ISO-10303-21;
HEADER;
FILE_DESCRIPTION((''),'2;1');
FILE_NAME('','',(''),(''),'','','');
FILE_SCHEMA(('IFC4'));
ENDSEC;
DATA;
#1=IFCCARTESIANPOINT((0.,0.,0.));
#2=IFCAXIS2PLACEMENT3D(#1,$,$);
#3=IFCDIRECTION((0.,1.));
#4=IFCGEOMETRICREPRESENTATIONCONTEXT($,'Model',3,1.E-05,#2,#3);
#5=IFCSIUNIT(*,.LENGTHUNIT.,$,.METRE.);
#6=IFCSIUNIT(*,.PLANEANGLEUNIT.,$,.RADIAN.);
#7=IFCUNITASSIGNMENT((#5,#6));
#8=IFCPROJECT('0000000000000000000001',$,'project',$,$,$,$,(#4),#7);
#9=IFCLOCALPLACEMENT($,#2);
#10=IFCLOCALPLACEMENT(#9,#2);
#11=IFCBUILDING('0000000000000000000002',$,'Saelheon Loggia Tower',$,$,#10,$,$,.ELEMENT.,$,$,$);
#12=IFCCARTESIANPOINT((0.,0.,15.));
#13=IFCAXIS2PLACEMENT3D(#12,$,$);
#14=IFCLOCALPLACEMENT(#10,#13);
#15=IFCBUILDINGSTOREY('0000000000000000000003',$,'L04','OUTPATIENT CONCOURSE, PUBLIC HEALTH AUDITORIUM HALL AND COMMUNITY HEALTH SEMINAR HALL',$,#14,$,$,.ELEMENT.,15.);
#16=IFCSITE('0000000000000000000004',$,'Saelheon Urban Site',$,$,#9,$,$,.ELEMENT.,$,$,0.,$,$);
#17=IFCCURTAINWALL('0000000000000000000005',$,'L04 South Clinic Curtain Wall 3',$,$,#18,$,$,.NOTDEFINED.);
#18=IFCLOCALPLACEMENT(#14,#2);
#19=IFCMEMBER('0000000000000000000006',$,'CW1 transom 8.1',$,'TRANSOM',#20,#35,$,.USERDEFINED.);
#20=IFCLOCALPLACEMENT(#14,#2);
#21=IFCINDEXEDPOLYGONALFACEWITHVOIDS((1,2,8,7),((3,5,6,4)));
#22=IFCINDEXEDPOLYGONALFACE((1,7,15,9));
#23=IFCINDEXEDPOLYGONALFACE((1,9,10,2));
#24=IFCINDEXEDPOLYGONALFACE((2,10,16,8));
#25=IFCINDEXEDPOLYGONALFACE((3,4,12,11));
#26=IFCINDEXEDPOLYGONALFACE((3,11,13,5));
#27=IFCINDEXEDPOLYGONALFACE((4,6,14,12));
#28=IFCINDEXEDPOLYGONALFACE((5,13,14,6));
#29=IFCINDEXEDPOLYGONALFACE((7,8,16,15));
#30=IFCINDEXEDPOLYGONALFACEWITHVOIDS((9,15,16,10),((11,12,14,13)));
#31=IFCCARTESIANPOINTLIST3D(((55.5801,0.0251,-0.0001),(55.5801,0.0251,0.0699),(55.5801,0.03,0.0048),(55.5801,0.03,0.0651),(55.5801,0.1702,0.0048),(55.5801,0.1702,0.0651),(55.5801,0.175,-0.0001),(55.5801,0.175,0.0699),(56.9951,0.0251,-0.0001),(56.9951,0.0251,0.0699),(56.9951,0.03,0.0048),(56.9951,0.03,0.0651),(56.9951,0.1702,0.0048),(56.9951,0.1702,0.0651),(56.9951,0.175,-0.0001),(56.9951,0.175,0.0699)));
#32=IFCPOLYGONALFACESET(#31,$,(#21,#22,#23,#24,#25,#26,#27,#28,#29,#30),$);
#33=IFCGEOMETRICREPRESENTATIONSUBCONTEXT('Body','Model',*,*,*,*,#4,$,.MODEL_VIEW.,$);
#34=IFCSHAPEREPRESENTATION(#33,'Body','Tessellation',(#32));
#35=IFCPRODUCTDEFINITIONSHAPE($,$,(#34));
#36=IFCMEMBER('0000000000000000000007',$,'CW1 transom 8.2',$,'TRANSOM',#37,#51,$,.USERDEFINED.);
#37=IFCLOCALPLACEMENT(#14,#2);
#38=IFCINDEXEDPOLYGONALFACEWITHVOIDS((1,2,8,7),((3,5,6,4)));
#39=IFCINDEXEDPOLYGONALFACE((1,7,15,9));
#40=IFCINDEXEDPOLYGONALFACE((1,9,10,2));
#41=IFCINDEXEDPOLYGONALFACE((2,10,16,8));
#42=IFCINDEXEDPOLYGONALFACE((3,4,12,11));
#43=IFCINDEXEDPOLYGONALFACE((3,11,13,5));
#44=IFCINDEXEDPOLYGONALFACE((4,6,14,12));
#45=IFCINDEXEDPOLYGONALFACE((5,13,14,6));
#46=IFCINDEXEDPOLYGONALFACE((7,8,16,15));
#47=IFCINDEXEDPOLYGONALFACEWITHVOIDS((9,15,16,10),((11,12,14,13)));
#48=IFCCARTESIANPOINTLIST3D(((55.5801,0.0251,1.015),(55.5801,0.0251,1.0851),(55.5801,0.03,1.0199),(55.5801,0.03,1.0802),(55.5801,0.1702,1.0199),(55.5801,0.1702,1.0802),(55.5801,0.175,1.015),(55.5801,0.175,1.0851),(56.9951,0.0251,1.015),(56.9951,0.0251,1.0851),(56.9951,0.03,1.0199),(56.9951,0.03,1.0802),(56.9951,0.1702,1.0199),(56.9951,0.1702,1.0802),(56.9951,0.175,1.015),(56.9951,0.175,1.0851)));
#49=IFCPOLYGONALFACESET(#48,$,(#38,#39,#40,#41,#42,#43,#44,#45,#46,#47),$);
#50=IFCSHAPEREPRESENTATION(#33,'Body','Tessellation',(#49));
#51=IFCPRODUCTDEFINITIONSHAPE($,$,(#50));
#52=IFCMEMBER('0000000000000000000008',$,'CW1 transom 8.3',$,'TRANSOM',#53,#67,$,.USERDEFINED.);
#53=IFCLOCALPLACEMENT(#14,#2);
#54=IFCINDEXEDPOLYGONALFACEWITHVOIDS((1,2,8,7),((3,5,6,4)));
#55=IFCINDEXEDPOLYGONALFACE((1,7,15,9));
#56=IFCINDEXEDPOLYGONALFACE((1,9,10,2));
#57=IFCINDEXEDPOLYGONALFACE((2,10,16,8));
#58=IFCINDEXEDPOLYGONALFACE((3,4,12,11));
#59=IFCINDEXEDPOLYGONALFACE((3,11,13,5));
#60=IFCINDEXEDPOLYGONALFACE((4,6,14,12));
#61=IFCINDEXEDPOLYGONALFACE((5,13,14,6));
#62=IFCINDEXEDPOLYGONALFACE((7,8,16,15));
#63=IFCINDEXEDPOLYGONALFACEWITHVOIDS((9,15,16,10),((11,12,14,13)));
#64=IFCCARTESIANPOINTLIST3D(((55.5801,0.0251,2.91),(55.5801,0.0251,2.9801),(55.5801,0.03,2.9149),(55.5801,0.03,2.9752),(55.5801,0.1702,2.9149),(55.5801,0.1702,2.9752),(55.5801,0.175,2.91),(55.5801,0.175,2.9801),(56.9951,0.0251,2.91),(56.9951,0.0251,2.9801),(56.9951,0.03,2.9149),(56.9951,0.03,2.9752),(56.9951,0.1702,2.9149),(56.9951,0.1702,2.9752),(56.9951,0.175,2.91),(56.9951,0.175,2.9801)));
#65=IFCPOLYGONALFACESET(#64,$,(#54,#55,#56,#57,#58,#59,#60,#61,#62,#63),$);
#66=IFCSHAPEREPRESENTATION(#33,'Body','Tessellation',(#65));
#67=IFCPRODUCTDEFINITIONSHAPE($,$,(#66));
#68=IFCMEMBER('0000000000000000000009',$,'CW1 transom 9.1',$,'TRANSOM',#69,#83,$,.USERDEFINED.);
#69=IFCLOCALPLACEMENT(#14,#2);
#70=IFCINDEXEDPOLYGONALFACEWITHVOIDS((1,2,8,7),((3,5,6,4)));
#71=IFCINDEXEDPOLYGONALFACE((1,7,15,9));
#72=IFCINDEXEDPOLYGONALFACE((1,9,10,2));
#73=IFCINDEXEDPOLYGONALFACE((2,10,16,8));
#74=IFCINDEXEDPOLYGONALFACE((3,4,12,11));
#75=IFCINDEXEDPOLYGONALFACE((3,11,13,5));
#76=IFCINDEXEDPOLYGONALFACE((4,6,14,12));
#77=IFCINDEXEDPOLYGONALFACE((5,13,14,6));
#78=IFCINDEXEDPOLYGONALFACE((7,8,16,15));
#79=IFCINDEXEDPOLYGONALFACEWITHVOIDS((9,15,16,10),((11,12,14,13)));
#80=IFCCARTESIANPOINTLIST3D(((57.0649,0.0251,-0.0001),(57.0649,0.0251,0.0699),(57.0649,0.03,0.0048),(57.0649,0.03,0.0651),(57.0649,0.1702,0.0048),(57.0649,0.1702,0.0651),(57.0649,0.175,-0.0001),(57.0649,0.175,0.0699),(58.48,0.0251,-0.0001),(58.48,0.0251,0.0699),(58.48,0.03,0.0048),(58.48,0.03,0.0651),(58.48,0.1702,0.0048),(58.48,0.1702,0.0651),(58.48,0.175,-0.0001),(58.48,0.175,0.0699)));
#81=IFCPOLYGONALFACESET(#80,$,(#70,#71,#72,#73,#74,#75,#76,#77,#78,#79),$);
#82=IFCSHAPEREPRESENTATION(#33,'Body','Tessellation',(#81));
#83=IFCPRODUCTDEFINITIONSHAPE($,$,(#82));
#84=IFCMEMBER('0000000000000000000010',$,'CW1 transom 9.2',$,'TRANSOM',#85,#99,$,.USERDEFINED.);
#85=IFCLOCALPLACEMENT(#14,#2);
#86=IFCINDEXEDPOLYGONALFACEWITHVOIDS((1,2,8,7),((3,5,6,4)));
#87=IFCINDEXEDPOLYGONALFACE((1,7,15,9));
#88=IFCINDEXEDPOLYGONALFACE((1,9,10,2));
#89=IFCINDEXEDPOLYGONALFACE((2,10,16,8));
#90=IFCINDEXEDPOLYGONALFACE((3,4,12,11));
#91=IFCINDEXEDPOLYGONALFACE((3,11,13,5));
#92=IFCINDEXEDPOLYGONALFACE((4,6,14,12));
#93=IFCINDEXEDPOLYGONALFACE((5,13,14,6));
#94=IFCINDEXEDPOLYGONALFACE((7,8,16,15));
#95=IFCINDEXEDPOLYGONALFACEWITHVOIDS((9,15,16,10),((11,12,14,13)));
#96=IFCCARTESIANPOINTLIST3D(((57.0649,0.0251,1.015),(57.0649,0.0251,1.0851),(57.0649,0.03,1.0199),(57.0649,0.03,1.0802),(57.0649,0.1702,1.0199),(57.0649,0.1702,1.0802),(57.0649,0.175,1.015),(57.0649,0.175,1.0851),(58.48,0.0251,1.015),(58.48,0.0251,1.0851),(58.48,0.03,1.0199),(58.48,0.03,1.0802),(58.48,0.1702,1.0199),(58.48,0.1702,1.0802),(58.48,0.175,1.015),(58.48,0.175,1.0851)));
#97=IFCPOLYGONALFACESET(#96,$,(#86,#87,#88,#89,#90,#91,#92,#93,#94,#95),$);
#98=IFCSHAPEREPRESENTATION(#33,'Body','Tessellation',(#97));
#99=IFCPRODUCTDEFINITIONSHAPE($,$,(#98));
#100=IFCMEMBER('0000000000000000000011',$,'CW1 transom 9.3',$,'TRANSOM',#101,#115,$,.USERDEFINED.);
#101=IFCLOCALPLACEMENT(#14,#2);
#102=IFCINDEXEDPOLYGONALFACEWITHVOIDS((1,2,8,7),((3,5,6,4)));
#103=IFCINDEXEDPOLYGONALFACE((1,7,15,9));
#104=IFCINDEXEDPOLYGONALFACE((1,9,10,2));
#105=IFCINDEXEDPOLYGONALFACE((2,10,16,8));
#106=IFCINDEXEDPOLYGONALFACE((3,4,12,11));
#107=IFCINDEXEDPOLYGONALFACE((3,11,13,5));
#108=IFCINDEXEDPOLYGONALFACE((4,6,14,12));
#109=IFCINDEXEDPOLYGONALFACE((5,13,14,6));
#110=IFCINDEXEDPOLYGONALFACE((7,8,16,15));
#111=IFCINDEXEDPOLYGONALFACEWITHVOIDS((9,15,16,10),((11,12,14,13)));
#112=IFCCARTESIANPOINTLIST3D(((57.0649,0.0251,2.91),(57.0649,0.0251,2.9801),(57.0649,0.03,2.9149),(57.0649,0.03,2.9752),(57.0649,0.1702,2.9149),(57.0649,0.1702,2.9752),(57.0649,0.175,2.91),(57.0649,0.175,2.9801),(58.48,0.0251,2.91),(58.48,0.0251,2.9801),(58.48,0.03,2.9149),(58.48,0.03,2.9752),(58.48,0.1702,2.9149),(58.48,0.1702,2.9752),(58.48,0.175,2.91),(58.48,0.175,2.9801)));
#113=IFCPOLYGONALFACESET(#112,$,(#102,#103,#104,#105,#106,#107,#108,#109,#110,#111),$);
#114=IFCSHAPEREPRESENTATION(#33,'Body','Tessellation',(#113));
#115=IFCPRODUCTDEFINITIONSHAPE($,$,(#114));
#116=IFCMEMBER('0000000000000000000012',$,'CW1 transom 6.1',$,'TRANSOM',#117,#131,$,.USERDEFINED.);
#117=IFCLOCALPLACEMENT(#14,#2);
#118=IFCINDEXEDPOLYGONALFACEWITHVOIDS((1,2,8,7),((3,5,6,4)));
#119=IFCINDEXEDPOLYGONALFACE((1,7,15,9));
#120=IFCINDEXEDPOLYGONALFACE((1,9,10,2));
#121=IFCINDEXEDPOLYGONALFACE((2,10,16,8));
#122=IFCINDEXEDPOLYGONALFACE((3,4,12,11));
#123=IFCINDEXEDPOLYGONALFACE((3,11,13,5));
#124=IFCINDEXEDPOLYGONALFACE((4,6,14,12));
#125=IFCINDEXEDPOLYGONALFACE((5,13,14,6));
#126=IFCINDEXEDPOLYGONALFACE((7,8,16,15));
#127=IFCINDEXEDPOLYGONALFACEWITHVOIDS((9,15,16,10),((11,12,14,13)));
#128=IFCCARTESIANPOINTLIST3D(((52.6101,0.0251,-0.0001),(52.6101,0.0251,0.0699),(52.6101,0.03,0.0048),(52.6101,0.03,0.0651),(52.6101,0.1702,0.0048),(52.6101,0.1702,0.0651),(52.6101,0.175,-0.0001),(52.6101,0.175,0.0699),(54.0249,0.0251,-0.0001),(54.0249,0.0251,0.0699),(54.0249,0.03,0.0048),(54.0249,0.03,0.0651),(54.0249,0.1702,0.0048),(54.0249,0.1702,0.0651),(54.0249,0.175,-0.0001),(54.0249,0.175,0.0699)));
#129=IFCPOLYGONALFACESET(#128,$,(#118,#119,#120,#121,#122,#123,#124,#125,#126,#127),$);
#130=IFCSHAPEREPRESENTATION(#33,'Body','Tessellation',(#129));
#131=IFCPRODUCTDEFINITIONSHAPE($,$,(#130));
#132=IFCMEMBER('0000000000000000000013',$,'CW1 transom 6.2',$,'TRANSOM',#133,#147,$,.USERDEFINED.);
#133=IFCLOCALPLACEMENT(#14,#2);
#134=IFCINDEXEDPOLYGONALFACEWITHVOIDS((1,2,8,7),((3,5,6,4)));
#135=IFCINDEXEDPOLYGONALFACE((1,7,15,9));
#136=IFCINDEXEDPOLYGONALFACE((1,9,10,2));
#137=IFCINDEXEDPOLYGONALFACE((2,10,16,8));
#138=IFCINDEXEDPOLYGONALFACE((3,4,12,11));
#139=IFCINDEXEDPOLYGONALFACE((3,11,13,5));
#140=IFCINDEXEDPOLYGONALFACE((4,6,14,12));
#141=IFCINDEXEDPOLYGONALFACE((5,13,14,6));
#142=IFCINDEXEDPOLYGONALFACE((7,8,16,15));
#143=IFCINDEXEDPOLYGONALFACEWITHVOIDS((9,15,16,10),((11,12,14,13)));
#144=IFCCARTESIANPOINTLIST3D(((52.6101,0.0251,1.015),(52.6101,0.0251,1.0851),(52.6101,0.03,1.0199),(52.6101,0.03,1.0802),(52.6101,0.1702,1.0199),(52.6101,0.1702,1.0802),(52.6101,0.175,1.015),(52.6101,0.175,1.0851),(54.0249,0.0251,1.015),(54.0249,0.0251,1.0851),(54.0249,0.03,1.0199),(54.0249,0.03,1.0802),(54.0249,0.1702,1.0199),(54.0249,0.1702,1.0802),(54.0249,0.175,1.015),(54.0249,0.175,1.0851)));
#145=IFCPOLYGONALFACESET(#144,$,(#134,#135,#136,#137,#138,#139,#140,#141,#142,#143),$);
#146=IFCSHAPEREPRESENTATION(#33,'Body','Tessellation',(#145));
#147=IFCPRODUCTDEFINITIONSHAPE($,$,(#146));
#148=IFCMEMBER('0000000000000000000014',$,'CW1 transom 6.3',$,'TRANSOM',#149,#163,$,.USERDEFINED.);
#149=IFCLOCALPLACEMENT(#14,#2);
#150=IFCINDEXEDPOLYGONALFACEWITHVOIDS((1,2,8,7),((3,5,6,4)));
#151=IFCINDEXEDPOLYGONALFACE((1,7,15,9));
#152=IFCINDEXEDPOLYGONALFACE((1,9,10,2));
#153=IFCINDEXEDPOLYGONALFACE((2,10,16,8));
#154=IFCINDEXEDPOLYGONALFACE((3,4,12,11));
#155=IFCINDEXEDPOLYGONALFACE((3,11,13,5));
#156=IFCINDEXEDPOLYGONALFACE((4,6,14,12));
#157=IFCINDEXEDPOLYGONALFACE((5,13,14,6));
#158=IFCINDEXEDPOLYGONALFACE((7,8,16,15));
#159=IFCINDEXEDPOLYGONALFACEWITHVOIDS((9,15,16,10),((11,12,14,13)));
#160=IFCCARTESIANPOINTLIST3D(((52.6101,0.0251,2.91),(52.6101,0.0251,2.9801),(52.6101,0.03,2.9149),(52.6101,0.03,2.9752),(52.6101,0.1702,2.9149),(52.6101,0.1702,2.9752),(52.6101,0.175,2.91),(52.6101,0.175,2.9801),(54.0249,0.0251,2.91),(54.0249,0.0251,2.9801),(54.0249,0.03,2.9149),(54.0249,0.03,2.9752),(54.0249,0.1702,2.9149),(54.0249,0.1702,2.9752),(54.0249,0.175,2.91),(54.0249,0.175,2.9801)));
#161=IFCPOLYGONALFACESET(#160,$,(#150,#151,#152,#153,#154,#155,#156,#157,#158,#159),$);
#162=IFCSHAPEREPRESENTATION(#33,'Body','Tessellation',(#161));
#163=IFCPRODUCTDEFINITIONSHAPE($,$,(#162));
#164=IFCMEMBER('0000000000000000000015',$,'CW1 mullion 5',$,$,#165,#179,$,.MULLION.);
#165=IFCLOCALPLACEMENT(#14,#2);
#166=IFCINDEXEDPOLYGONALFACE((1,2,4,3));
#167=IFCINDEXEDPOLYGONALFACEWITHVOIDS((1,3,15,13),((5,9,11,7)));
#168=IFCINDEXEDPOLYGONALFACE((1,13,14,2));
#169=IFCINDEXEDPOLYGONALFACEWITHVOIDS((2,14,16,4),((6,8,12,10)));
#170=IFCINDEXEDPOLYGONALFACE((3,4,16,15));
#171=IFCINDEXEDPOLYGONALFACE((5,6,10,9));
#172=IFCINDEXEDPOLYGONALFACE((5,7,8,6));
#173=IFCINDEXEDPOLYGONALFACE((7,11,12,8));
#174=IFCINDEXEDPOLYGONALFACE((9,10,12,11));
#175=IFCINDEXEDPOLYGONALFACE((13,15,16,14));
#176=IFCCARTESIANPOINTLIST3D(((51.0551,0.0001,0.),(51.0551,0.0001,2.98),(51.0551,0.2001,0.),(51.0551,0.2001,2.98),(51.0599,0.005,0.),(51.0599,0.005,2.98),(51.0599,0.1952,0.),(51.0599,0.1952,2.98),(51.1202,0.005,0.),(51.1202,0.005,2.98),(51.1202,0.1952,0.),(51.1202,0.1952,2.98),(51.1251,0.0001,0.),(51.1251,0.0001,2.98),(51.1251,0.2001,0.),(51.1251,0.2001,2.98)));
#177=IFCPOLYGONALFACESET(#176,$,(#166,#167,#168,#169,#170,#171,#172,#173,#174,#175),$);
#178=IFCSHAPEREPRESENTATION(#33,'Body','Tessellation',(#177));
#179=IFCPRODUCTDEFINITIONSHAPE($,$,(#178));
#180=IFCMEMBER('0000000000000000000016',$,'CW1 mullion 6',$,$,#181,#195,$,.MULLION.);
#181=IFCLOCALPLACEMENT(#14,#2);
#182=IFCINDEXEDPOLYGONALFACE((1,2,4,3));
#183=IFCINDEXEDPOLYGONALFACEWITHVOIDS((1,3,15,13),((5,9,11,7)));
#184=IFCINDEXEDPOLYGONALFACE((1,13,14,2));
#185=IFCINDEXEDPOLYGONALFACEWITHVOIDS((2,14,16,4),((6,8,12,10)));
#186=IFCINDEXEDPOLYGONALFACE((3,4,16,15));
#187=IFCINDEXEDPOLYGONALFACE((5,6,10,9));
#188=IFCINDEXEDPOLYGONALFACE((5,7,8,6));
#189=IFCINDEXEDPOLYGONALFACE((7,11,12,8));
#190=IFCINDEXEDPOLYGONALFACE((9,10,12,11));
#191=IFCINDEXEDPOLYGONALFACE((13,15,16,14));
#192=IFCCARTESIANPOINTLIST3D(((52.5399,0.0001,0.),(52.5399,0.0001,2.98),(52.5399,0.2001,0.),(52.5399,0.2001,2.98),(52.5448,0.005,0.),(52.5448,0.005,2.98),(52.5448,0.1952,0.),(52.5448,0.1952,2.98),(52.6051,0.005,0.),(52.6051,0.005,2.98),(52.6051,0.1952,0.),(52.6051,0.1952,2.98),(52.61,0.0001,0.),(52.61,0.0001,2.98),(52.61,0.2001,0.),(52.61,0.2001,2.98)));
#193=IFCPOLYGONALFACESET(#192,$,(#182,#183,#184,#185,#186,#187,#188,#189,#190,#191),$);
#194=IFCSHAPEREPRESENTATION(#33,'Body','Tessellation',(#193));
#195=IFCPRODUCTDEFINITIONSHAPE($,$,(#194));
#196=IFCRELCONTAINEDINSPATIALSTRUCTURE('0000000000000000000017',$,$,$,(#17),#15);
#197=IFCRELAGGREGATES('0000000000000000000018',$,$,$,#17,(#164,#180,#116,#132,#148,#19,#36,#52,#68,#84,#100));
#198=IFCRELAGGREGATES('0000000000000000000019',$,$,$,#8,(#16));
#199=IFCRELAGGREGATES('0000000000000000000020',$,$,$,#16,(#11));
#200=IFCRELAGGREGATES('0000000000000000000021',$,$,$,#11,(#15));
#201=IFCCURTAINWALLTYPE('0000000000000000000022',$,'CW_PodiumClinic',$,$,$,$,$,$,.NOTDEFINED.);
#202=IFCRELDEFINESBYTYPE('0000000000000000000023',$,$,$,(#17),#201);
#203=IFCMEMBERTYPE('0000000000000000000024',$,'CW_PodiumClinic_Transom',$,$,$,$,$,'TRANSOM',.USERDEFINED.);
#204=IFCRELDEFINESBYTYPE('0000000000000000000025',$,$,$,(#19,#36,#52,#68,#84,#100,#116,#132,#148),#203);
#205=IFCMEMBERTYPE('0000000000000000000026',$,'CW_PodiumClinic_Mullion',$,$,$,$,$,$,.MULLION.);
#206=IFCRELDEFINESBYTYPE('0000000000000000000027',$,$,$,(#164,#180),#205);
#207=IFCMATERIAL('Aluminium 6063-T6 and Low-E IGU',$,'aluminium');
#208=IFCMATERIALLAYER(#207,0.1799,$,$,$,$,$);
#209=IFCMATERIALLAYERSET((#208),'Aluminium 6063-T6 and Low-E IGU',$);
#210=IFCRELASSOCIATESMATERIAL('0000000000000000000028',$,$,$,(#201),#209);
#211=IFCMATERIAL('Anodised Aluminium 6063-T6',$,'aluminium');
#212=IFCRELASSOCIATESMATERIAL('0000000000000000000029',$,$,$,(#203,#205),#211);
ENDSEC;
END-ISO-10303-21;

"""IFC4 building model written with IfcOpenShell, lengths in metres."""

from ifc_helpers import new_model, si_unit, direction, frame, origin, origin_2d, place, context, subcontext, project, spatial, hollow_rectangle, extrude, source, transform, mapped, material, layer, layer_set, material_profile, profile_set, type_object, element, aggregate, save


model = new_model("IFC4")

# Units and contexts
model_context = context("Model", 3, precision=1e-05, world=origin(), true_north=direction((0.0, 1.0)))
body_context = subcontext(model_context, "Body", "Model", "MODEL_VIEW")
ifc_project = project(units=[si_unit("LENGTHUNIT", "METRE"), si_unit("PLANEANGLEUNIT", "RADIAN")], contexts=[model_context])

# Site, building, storey
site_placement = place(None, origin())
site = spatial("IfcSite", under=ifc_project, at=site_placement, Name="Saelheon Urban Site", CompositionType="ELEMENT", RefElevation=0.0)
building_placement = place(site_placement, origin())
building = spatial("IfcBuilding", under=site, at=building_placement, Name="Saelheon Loggia Tower", CompositionType="ELEMENT")
storey_placement = place(building_placement, frame((0.0, 0.0, 15.0)))
storey = spatial("IfcBuildingStorey", under=building, at=storey_placement, Name="L04", Description="OUTPATIENT CONCOURSE, PUBLIC HEALTH AUDITORIUM HALL AND COMMUNITY HEALTH SEMINAR HALL", CompositionType="ELEMENT", Elevation=15.0)

# Curtain wall, members
ifc_material_1 = material(Name="Aluminium 6063-T6 and Low-E IGU", Category="aluminium")
ifc_layer_1 = layer(ifc_material_1, 0.1799)
ifc_layer_set_1 = layer_set([ifc_layer_1], Name="Aluminium 6063-T6 and Low-E IGU")
curtain_wall_type = type_object("IfcCurtainWallType", Name="CW_PodiumClinic", PredefinedType="NOTDEFINED", material=ifc_layer_set_1)
curtain_wall_placement = place(storey_placement, origin())
curtain_wall = element("IfcCurtainWall", 1, at=curtain_wall_placement, inside=storey, type_object=curtain_wall_type, Name="L04 South Clinic Curtain Wall 3", PredefinedType="NOTDEFINED")
ifc_material_2 = material(Name="Anodised Aluminium 6063-T6", Category="aluminium")
ifc_material_profile_1 = material_profile(ifc_material_2, hollow_rectangle(XDim=0.0701, YDim=0.1499, WallThickness=0.0049, at=origin_2d()), Name="RHS-150x70x5")
ifc_profile_set_1 = profile_set([ifc_material_profile_1], Name="Anodised Aluminium 6063-T6")
member_type_1 = type_object("IfcMemberType", Name="CW_PodiumClinic_Transom", ElementType="TRANSOM", PredefinedType="USERDEFINED", material=ifc_profile_set_1)
shared_shape_1 = source(origin(), body_context, "Body", "SweptSolid", [
    extrude(hollow_rectangle(XDim=0.0701, YDim=0.1499, WallThickness=0.0049, at=origin_2d()), origin(), (0.0, 0.0, 1.0), 1.415),
])
member_1_placement = place(storey_placement, frame((55.5801, 0.1001, 0.0349), z_axis=(1.0, 0.0, 0.0), x_axis=(0.0, 0.0, 1.0)))
member_1 = element("IfcMember", 2, at=member_1_placement, type_object=member_type_1, Name="CW1 transom 8.1", ObjectType="TRANSOM", PredefinedType="USERDEFINED", context=body_context, shape_type="MappedRepresentation", body=[
    mapped(shared_shape_1, transform((0.0, 0.0, 0.0), scale=1.0)),
])
member_2_placement = place(storey_placement, frame((55.5801, 0.1001, 1.05), z_axis=(1.0, 0.0, 0.0), x_axis=(0.0, 0.0, 1.0)))
member_2 = element("IfcMember", 3, at=member_2_placement, type_object=member_type_1, Name="CW1 transom 8.2", ObjectType="TRANSOM", PredefinedType="USERDEFINED", context=body_context, shape_type="MappedRepresentation", body=[
    mapped(shared_shape_1, transform((0.0, 0.0, 0.0), scale=1.0)),
])
member_3_placement = place(storey_placement, frame((55.5801, 0.1001, 2.9451), z_axis=(1.0, 0.0, 0.0), x_axis=(0.0, 0.0, 1.0)))
member_3 = element("IfcMember", 4, at=member_3_placement, type_object=member_type_1, Name="CW1 transom 8.3", ObjectType="TRANSOM", PredefinedType="USERDEFINED", context=body_context, shape_type="MappedRepresentation", body=[
    mapped(shared_shape_1, transform((0.0, 0.0, 0.0), scale=1.0)),
])
member_4_placement = place(storey_placement, frame((57.0649, 0.1001, 0.0349), z_axis=(1.0, 0.0, 0.0), x_axis=(0.0, 0.0, 1.0)))
member_4 = element("IfcMember", 5, at=member_4_placement, type_object=member_type_1, Name="CW1 transom 9.1", ObjectType="TRANSOM", PredefinedType="USERDEFINED", context=body_context, shape_type="MappedRepresentation", body=[
    mapped(shared_shape_1, transform((0.0, 0.0, 0.0), scale=1.0)),
])
member_5_placement = place(storey_placement, frame((57.0649, 0.1001, 1.05), z_axis=(1.0, 0.0, 0.0), x_axis=(0.0, 0.0, 1.0)))
member_5 = element("IfcMember", 6, at=member_5_placement, type_object=member_type_1, Name="CW1 transom 9.2", ObjectType="TRANSOM", PredefinedType="USERDEFINED", context=body_context, shape_type="MappedRepresentation", body=[
    mapped(shared_shape_1, transform((0.0, 0.0, 0.0), scale=1.0)),
])
member_6_placement = place(storey_placement, frame((57.0649, 0.1001, 2.9451), z_axis=(1.0, 0.0, 0.0), x_axis=(0.0, 0.0, 1.0)))
member_6 = element("IfcMember", 7, at=member_6_placement, type_object=member_type_1, Name="CW1 transom 9.3", ObjectType="TRANSOM", PredefinedType="USERDEFINED", context=body_context, shape_type="MappedRepresentation", body=[
    mapped(shared_shape_1, transform((0.0, 0.0, 0.0), scale=1.0)),
])
shared_shape_2 = source(origin(), body_context, "Body", "SweptSolid", [
    extrude(hollow_rectangle(XDim=0.0701, YDim=0.1499, WallThickness=0.0049, at=origin_2d()), origin(), (0.0, 0.0, 1.0), 1.4148),
])
member_7_placement = place(storey_placement, frame((52.6101, 0.1001, 0.0349), z_axis=(1.0, 0.0, 0.0), x_axis=(0.0, 0.0, 1.0)))
member_7 = element("IfcMember", 8, at=member_7_placement, type_object=member_type_1, Name="CW1 transom 6.1", ObjectType="TRANSOM", PredefinedType="USERDEFINED", context=body_context, shape_type="MappedRepresentation", body=[
    mapped(shared_shape_2, transform((0.0, 0.0, 0.0), scale=1.0)),
])
member_8_placement = place(storey_placement, frame((52.6101, 0.1001, 1.05), z_axis=(1.0, 0.0, 0.0), x_axis=(0.0, 0.0, 1.0)))
member_8 = element("IfcMember", 9, at=member_8_placement, type_object=member_type_1, Name="CW1 transom 6.2", ObjectType="TRANSOM", PredefinedType="USERDEFINED", context=body_context, shape_type="MappedRepresentation", body=[
    mapped(shared_shape_2, transform((0.0, 0.0, 0.0), scale=1.0)),
])
member_9_placement = place(storey_placement, frame((52.6101, 0.1001, 2.9451), z_axis=(1.0, 0.0, 0.0), x_axis=(0.0, 0.0, 1.0)))
member_9 = element("IfcMember", 10, at=member_9_placement, type_object=member_type_1, Name="CW1 transom 6.3", ObjectType="TRANSOM", PredefinedType="USERDEFINED", context=body_context, shape_type="MappedRepresentation", body=[
    mapped(shared_shape_2, transform((0.0, 0.0, 0.0), scale=1.0)),
])
ifc_material_profile_2 = material_profile(ifc_material_2, hollow_rectangle(XDim=0.0701, YDim=0.2, WallThickness=0.0049, at=origin_2d()), Name="RHS-200x70x5")
ifc_profile_set_2 = profile_set([ifc_material_profile_2], Name="Anodised Aluminium 6063-T6")
member_type_2 = type_object("IfcMemberType", Name="CW_PodiumClinic_Mullion", PredefinedType="MULLION", material=ifc_profile_set_2)
shared_shape_3 = source(origin(), body_context, "Body", "SweptSolid", [
    extrude(hollow_rectangle(XDim=0.0701, YDim=0.2, WallThickness=0.0049, at=origin_2d()), origin(), (0.0, 0.0, 1.0), 2.98),
])
member_10_placement = place(storey_placement, frame((51.0901, 0.1001, 0.0), z_axis=(0.0, 0.0, 1.0), x_axis=(1.0, 0.0, 0.0)))
member_10 = element("IfcMember", 11, at=member_10_placement, type_object=member_type_2, Name="CW1 mullion 5", PredefinedType="MULLION", context=body_context, shape_type="MappedRepresentation", body=[
    mapped(shared_shape_3, transform((0.0, 0.0, 0.0), scale=1.0)),
])
member_11_placement = place(storey_placement, frame((52.575, 0.1001, 0.0), z_axis=(0.0, 0.0, 1.0), x_axis=(1.0, 0.0, 0.0)))
member_11 = element("IfcMember", 12, at=member_11_placement, type_object=member_type_2, Name="CW1 mullion 6", PredefinedType="MULLION", context=body_context, shape_type="MappedRepresentation", body=[
    mapped(shared_shape_3, transform((0.0, 0.0, 0.0), scale=1.0)),
])
aggregate(curtain_wall, [member_10, member_11, member_7, member_8, member_9, member_1, member_2, member_3, member_4, member_5, member_6])

save(model, "model.ifc")
